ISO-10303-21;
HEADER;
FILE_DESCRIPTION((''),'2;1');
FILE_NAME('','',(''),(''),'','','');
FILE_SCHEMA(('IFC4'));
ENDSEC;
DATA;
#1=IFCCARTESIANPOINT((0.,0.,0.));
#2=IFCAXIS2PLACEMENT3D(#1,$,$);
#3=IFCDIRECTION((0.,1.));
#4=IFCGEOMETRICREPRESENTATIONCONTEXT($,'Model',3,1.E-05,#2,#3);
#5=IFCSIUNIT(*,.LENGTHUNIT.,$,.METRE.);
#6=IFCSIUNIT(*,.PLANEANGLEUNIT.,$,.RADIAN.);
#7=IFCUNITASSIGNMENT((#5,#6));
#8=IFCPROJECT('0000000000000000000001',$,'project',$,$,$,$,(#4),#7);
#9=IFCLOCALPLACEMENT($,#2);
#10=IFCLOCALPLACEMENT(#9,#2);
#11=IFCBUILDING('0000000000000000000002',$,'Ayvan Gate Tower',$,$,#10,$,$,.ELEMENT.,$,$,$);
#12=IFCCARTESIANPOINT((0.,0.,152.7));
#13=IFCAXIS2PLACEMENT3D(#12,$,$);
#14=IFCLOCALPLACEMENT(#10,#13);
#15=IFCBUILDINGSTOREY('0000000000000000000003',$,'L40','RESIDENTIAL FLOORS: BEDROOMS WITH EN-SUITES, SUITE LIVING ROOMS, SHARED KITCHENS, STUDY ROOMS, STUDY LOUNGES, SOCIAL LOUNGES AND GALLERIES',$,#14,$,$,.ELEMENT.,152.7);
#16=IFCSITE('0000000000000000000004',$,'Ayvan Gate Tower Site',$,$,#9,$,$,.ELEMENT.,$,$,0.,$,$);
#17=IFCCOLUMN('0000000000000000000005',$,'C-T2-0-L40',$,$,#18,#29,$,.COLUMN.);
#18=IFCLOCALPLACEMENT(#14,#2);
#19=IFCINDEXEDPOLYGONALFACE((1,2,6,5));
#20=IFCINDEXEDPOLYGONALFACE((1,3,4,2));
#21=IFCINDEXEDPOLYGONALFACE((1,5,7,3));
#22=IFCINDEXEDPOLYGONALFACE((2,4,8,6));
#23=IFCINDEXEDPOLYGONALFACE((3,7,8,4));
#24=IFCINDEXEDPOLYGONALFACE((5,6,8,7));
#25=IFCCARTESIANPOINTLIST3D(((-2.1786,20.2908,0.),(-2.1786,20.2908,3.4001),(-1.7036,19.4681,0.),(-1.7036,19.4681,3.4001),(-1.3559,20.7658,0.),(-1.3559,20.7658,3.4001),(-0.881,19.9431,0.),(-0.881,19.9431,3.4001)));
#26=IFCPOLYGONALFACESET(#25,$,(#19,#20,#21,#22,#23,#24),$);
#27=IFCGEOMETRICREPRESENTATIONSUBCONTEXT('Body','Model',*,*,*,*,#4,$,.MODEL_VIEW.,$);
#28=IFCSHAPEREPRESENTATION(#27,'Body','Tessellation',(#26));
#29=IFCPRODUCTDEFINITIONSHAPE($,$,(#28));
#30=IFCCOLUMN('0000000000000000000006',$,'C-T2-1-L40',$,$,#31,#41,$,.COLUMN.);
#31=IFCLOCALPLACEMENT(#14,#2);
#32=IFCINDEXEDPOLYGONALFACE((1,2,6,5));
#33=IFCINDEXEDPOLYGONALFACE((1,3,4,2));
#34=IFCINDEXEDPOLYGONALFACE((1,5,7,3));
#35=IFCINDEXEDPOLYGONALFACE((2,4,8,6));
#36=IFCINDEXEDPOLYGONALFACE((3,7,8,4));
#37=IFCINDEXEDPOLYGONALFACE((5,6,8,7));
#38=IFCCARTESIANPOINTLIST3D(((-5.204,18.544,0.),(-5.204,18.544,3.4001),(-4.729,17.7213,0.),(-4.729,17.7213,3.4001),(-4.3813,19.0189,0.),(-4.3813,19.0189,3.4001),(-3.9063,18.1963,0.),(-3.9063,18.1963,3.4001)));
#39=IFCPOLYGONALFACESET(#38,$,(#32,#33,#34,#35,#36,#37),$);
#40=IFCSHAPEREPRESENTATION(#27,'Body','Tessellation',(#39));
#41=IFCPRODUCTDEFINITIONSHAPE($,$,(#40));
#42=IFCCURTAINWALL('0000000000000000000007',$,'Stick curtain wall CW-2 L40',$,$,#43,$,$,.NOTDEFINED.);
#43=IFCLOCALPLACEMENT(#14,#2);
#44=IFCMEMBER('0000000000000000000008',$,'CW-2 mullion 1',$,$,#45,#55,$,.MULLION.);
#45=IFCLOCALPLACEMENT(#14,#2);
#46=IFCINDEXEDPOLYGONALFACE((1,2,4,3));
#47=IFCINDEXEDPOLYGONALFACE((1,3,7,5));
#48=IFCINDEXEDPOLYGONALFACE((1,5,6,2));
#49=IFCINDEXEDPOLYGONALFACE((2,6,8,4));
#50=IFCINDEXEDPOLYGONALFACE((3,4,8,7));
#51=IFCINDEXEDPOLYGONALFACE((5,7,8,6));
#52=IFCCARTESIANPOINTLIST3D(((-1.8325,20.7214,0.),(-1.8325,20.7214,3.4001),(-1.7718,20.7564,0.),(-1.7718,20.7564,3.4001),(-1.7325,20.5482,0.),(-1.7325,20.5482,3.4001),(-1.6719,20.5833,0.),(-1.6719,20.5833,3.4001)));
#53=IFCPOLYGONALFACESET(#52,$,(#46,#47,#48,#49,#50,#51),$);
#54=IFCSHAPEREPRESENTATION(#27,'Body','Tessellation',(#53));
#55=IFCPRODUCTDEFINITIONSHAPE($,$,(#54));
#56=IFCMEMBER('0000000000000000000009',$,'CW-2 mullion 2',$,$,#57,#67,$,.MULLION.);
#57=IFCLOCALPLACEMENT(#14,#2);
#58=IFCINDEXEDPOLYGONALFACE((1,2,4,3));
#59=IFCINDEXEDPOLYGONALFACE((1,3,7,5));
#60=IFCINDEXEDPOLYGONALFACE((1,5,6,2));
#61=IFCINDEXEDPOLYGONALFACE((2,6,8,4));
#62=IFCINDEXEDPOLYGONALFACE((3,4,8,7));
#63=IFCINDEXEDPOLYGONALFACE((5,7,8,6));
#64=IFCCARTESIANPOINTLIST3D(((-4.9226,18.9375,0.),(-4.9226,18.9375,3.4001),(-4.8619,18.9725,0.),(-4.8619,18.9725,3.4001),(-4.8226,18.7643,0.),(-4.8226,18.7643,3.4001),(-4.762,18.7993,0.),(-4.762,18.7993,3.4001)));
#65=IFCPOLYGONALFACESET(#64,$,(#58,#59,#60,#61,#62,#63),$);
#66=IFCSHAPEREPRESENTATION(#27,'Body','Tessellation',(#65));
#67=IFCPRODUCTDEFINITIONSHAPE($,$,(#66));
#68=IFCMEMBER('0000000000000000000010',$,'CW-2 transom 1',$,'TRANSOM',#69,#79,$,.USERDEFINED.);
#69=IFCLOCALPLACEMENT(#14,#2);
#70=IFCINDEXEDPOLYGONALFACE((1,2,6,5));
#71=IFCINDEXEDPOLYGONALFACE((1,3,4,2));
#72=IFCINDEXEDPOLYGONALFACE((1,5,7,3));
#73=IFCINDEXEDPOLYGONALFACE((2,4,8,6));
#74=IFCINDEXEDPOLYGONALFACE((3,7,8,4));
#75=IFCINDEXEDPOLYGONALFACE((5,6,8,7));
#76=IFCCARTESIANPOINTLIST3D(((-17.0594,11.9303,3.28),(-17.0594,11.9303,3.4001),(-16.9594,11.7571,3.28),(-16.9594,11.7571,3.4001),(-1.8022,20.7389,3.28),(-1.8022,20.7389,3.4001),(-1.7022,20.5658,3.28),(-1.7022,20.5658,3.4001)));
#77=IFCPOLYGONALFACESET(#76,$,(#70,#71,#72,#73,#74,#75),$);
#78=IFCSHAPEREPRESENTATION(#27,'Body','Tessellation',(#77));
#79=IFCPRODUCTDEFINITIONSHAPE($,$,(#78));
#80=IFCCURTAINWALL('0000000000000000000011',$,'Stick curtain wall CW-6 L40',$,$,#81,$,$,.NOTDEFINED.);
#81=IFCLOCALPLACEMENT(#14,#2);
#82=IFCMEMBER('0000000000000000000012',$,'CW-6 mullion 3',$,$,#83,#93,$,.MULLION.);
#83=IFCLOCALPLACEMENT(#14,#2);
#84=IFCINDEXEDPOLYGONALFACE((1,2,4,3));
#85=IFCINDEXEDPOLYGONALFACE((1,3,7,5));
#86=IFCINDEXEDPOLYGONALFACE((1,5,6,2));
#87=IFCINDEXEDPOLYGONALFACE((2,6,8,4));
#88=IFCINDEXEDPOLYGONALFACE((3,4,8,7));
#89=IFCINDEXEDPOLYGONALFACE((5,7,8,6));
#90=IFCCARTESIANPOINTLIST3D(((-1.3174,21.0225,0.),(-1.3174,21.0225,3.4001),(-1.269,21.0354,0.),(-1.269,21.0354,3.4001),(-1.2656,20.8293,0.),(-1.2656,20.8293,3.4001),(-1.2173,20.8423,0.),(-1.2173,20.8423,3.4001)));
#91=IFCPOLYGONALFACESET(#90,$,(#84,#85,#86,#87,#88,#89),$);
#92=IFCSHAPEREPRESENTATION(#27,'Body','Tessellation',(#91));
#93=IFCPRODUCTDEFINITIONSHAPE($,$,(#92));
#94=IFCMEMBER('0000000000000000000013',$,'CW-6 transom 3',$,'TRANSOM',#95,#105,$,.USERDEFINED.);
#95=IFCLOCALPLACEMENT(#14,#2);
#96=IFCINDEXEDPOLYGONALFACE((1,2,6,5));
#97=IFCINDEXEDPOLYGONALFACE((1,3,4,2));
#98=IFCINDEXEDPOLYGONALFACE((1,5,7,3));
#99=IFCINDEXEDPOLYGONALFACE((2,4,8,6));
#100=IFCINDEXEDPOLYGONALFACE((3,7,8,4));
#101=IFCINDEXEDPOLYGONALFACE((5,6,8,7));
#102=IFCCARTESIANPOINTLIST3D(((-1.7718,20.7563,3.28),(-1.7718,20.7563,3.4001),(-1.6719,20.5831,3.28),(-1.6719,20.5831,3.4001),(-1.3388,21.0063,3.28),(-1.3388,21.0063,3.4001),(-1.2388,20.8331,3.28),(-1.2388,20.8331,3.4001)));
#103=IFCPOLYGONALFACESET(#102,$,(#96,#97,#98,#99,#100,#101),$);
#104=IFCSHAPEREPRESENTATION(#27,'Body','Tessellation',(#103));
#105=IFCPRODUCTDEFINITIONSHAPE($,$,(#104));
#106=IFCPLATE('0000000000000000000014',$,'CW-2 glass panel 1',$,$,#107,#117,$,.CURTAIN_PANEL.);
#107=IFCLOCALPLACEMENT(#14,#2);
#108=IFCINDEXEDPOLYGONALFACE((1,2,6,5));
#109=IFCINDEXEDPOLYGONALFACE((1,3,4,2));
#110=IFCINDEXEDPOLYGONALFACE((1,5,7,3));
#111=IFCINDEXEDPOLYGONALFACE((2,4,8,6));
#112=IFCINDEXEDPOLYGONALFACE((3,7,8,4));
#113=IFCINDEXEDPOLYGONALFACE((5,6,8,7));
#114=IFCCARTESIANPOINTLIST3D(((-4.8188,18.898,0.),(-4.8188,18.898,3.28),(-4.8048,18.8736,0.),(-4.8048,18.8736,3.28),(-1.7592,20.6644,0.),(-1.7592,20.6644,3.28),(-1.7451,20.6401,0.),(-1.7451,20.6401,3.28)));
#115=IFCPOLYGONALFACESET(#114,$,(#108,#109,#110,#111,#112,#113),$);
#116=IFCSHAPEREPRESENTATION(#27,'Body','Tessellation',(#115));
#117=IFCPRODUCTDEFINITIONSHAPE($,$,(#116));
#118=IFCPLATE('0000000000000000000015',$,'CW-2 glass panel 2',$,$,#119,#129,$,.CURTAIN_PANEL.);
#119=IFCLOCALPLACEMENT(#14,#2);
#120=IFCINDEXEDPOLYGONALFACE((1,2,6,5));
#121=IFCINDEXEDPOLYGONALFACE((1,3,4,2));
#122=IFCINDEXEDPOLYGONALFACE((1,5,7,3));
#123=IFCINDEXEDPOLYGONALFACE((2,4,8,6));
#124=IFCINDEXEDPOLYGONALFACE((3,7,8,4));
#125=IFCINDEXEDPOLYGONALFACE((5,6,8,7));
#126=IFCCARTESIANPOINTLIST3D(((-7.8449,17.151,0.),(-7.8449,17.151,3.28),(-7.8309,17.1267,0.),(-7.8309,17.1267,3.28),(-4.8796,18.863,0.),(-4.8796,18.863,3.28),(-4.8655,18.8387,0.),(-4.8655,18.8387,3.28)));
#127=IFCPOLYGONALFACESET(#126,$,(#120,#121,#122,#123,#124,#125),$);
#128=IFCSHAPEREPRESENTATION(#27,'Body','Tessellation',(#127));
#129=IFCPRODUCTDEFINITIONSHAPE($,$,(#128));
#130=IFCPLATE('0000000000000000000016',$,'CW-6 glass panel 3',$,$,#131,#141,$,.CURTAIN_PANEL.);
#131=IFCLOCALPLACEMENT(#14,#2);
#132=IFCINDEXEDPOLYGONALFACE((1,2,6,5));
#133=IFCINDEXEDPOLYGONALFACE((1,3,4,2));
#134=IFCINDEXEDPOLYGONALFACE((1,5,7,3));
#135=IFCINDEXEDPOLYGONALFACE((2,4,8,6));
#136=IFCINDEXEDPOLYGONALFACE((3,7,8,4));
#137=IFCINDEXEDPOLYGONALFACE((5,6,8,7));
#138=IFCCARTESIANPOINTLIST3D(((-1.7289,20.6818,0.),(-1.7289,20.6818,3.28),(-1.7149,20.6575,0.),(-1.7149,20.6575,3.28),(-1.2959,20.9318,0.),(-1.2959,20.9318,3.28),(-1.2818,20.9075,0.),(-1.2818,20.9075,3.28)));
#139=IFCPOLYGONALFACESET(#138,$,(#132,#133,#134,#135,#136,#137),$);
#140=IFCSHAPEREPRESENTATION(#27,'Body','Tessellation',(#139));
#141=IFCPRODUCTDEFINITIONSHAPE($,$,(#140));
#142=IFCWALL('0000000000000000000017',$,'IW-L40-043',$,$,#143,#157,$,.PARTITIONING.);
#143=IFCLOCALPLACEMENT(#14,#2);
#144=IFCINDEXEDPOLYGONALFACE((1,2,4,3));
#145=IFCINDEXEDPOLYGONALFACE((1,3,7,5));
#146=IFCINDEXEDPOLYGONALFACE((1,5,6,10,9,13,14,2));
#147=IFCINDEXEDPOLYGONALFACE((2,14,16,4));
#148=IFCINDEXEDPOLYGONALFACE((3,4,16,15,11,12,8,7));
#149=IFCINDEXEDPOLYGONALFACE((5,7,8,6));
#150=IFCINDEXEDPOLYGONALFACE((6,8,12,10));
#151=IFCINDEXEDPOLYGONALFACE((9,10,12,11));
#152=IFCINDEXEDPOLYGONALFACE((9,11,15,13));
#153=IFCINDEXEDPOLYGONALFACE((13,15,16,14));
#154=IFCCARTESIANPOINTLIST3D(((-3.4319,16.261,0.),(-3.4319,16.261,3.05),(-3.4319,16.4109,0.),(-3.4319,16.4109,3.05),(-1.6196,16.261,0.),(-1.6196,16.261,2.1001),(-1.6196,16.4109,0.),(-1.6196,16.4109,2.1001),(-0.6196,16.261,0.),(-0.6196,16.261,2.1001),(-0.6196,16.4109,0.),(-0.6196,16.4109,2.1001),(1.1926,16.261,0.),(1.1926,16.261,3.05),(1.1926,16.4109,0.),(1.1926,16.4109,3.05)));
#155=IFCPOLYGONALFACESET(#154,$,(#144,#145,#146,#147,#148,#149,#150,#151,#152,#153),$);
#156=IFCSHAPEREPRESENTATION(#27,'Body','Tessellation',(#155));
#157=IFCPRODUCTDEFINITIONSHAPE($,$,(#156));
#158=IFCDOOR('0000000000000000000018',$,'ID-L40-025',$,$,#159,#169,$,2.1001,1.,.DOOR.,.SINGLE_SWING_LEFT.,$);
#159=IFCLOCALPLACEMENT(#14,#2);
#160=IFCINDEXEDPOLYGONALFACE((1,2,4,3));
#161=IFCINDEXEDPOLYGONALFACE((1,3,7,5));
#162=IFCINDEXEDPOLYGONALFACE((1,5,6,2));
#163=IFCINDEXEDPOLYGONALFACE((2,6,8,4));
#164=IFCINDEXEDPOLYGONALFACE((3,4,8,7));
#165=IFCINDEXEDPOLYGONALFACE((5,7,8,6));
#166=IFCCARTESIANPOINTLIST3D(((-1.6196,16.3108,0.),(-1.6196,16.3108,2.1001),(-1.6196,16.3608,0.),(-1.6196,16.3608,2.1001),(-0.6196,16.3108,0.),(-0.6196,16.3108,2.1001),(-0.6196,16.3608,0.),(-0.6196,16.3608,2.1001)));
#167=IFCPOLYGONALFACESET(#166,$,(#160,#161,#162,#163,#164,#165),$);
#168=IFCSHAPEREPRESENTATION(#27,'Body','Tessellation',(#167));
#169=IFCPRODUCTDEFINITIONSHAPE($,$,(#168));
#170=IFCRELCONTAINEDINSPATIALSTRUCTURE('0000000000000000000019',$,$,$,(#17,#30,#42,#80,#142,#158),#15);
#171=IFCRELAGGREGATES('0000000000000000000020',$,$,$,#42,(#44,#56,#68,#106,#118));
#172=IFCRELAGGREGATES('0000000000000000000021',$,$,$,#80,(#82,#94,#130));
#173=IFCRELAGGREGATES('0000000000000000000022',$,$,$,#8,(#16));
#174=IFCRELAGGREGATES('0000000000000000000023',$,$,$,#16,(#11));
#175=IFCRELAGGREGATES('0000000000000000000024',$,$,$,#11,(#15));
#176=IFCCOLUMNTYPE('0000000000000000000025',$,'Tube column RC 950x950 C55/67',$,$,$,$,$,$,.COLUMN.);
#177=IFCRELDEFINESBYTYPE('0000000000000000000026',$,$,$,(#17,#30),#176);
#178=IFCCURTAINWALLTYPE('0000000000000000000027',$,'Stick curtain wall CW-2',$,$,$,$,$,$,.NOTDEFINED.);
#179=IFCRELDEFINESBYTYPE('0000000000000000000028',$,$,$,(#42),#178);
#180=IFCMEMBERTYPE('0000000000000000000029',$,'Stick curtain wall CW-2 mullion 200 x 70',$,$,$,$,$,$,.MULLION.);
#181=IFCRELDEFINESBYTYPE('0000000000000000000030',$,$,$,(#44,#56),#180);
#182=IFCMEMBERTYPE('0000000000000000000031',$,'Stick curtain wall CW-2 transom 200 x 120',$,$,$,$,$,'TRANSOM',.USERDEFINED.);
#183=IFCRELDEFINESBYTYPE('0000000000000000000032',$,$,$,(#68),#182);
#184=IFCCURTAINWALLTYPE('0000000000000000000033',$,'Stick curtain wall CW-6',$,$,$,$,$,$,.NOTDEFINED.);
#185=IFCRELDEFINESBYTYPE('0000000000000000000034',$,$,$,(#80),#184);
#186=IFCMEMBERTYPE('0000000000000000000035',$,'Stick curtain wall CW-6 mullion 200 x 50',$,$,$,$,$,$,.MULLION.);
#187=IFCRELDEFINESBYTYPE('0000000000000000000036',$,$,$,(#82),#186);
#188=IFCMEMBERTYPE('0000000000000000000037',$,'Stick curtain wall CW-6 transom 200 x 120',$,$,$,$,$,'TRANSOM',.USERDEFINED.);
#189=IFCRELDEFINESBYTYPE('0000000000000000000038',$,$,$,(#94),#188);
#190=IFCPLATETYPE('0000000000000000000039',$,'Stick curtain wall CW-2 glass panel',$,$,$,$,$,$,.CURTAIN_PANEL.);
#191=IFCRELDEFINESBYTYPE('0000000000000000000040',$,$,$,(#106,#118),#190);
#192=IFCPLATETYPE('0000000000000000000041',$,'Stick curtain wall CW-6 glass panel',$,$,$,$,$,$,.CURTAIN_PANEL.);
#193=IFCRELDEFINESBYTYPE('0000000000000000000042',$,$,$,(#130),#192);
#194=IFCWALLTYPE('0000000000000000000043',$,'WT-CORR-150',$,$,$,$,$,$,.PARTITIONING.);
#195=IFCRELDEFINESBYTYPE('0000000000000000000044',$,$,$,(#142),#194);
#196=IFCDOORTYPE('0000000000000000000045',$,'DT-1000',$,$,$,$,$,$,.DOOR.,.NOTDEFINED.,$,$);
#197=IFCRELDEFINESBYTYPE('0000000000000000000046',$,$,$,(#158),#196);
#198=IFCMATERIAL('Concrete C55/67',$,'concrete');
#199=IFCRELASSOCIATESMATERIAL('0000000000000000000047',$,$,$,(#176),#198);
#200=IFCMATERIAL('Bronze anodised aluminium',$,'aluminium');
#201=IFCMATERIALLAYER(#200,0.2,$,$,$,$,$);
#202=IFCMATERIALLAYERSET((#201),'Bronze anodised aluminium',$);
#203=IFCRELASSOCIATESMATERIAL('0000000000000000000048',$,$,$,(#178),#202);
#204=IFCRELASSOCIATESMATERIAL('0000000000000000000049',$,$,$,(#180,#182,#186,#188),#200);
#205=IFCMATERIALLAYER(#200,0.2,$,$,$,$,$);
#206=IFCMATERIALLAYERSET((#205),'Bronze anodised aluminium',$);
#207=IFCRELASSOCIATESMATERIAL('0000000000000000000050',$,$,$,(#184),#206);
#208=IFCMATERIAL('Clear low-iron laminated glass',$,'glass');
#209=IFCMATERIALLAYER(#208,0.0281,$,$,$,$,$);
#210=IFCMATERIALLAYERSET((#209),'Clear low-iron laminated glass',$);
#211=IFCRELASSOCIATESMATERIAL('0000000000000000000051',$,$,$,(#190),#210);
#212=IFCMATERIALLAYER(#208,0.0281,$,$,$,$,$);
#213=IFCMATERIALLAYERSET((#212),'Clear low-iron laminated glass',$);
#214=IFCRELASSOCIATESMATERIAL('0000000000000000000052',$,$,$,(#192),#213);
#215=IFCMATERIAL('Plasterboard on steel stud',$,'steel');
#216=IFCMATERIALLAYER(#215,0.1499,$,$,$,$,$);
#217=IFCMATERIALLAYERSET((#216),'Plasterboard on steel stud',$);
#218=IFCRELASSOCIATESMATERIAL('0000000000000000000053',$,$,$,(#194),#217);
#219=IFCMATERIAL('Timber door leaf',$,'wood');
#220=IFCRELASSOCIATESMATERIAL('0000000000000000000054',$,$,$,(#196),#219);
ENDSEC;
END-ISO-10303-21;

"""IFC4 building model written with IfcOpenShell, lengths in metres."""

from ifc_helpers import new_model, si_unit, direction, frame, frame_2d, origin, origin_2d, place, context, subcontext, project, spatial, rectangle, extrude, material, layer, layer_set, material_profile, profile_set, type_object, element, fill, aggregate, save


model = new_model("IFC4")

# Units and contexts
model_context = context("Model", 3, precision=1e-05, world=origin(), true_north=direction((0.0, 1.0)))
body_context = subcontext(model_context, "Body", "Model", "MODEL_VIEW")
ifc_project = project(units=[si_unit("LENGTHUNIT", "METRE"), si_unit("PLANEANGLEUNIT", "RADIAN")], contexts=[model_context])

# Site, building, storey
site_placement = place(None, origin())
site = spatial("IfcSite", under=ifc_project, at=site_placement, Name="Ayvan Gate Tower Site", CompositionType="ELEMENT", RefElevation=0.0)
building_placement = place(site_placement, origin())
building = spatial("IfcBuilding", under=site, at=building_placement, Name="Ayvan Gate Tower", CompositionType="ELEMENT")
storey_placement = place(building_placement, frame((0.0, 0.0, 152.7)))
storey = spatial("IfcBuildingStorey", under=building, at=storey_placement, Name="L40", Description="RESIDENTIAL FLOORS: BEDROOMS WITH EN-SUITES, SUITE LIVING ROOMS, SHARED KITCHENS, STUDY ROOMS, STUDY LOUNGES, SOCIAL LOUNGES AND GALLERIES", CompositionType="ELEMENT", Elevation=152.7)

# Columns
ifc_material_1 = material(Name="Concrete C55/67", Category="concrete")
ifc_material_profile_1 = material_profile(ifc_material_1, rectangle(XDim=0.95, YDim=0.95, at=origin_2d()), Name="RC 950x950")
ifc_profile_set_1 = profile_set([ifc_material_profile_1], Name="Concrete C55/67")
column_type = type_object("IfcColumnType", Name="Tube column RC 950x950 C55/67", PredefinedType="COLUMN", material=ifc_profile_set_1)
for number, where, z_axis, x_axis, name in (
    (1, (-1.5298, 20.1169, 0.0), (0.0, 0.0, 1.0), (-0.5, 0.866025, 0.0), "C-T2-0-L40"),
    (2, (-4.5552, 18.3701, 0.0), (0.0, 0.0, 1.0), (-0.5, 0.866025, 0.0), "C-T2-1-L40"),
):
    element("IfcColumn", number, at=place(storey_placement, frame(where, z_axis=z_axis, x_axis=x_axis)), inside=storey, type_object=column_type, Name=name, PredefinedType="COLUMN", context=body_context, shape_type="SweptSolid", body=[
        extrude(rectangle(XDim=0.95, YDim=0.95, at=origin_2d()), origin(), (0.0, 0.0, 1.0), 3.4001),
    ])

# Curtain walls, members
ifc_material_2 = material(Name="Bronze anodised aluminium", Category="aluminium")
ifc_layer_1 = layer(ifc_material_2, 0.2)
ifc_layer_set_1 = layer_set([ifc_layer_1], Name="Bronze anodised aluminium")
curtain_wall_type_1 = type_object("IfcCurtainWallType", Name="Stick curtain wall CW-2", PredefinedType="NOTDEFINED", material=ifc_layer_set_1)
curtain_wall_1_placement = place(storey_placement, origin())
curtain_wall_1 = element("IfcCurtainWall", 3, at=curtain_wall_1_placement, inside=storey, type_object=curtain_wall_type_1, Name="Stick curtain wall CW-2 L40", PredefinedType="NOTDEFINED")
ifc_material_profile_2 = material_profile(ifc_material_2, rectangle(XDim=0.2, YDim=0.0701, at=origin_2d()), Name="Stick curtain wall CW-2 mullion 200 x 70")
ifc_profile_set_2 = profile_set([ifc_material_profile_2], Name="Bronze anodised aluminium")
member_type_1 = type_object("IfcMemberType", Name="Stick curtain wall CW-2 mullion 200 x 70", PredefinedType="MULLION", material=ifc_profile_set_2)
member_1_placement = place(storey_placement, frame((-1.7522, 20.6523, 0.0), z_axis=(0.0, 0.0, 1.0), x_axis=(-0.5, 0.866025, 0.0)))
member_1 = element("IfcMember", 4, at=member_1_placement, type_object=member_type_1, Name="CW-2 mullion 1", PredefinedType="MULLION", context=body_context, shape_type="SweptSolid", body=[
    extrude(rectangle(XDim=0.2, YDim=0.0701, at=origin_2d()), origin(), (0.0, 0.0, 1.0), 3.4001),
])
member_2_placement = place(storey_placement, frame((-4.8423, 18.8684, 0.0), z_axis=(0.0, 0.0, 1.0), x_axis=(-0.5, 0.866025, 0.0)))
member_2 = element("IfcMember", 5, at=member_2_placement, type_object=member_type_1, Name="CW-2 mullion 2", PredefinedType="MULLION", context=body_context, shape_type="SweptSolid", body=[
    extrude(rectangle(XDim=0.2, YDim=0.0701, at=origin_2d()), origin(), (0.0, 0.0, 1.0), 3.4001),
])
ifc_material_profile_3 = material_profile(ifc_material_2, rectangle(XDim=0.2, YDim=0.1201, at=origin_2d()), Name="Stick curtain wall CW-2 transom 200 x 120")
ifc_profile_set_3 = profile_set([ifc_material_profile_3], Name="Bronze anodised aluminium")
member_type_2 = type_object("IfcMemberType", Name="Stick curtain wall CW-2 transom 200 x 120", ElementType="TRANSOM", PredefinedType="USERDEFINED", material=ifc_profile_set_3)
member_3_placement = place(storey_placement, frame((-1.7522, 20.6523, 3.3401), z_axis=(-0.866028, -0.499996, 0.0), x_axis=(0.499996, -0.866028, 0.0)))
member_3 = element("IfcMember", 6, at=member_3_placement, type_object=member_type_2, Name="CW-2 transom 1", ObjectType="TRANSOM", PredefinedType="USERDEFINED", context=body_context, shape_type="SweptSolid", body=[
    extrude(rectangle(XDim=0.2, YDim=0.1201, at=origin_2d()), origin(), (0.0, 0.0, 1.0), 17.6174),
])
ifc_layer_2 = layer(ifc_material_2, 0.2)
ifc_layer_set_2 = layer_set([ifc_layer_2], Name="Bronze anodised aluminium")
curtain_wall_type_2 = type_object("IfcCurtainWallType", Name="Stick curtain wall CW-6", PredefinedType="NOTDEFINED", material=ifc_layer_set_2)
curtain_wall_2_placement = place(storey_placement, origin())
curtain_wall_2 = element("IfcCurtainWall", 7, at=curtain_wall_2_placement, inside=storey, type_object=curtain_wall_type_2, Name="Stick curtain wall CW-6 L40", PredefinedType="NOTDEFINED")
ifc_material_profile_4 = material_profile(ifc_material_2, rectangle(XDim=0.2, YDim=0.05, at=origin_2d()), Name="Stick curtain wall CW-6 mullion 200 x 50")
ifc_profile_set_4 = profile_set([ifc_material_profile_4], Name="Bronze anodised aluminium")
member_type_3 = type_object("IfcMemberType", Name="Stick curtain wall CW-6 mullion 200 x 50", PredefinedType="MULLION", material=ifc_profile_set_4)
member_4_placement = place(storey_placement, frame((-1.2673, 20.9324, 0.0), z_axis=(0.0, 0.0, 1.0), x_axis=(-0.258819, 0.965926, 0.0)))
member_4 = element("IfcMember", 8, at=member_4_placement, type_object=member_type_3, Name="CW-6 mullion 3", PredefinedType="MULLION", context=body_context, shape_type="SweptSolid", body=[
    extrude(rectangle(XDim=0.2, YDim=0.05, at=origin_2d()), origin(), (0.0, 0.0, 1.0), 3.4001),
])
ifc_material_profile_5 = material_profile(ifc_material_2, rectangle(XDim=0.2, YDim=0.1201, at=origin_2d()), Name="Stick curtain wall CW-6 transom 200 x 120")
ifc_profile_set_5 = profile_set([ifc_material_profile_5], Name="Bronze anodised aluminium")
member_type_4 = type_object("IfcMemberType", Name="Stick curtain wall CW-6 transom 200 x 120", ElementType="TRANSOM", PredefinedType="USERDEFINED", material=ifc_profile_set_5)
member_5_placement = place(storey_placement, frame((-1.2888, 20.9197, 3.3401), z_axis=(-0.866072, -0.49992, 0.0), x_axis=(0.49992, -0.866072, 0.0)))
member_5 = element("IfcMember", 9, at=member_5_placement, type_object=member_type_4, Name="CW-6 transom 3", ObjectType="TRANSOM", PredefinedType="USERDEFINED", context=body_context, shape_type="SweptSolid", body=[
    extrude(rectangle(XDim=0.2, YDim=0.1201, at=origin_2d()), origin(), (0.0, 0.0, 1.0), 0.5),
])

# Plates
ifc_material_3 = material(Name="Clear low-iron laminated glass", Category="glass")
ifc_layer_3 = layer(ifc_material_3, 0.0281)
ifc_layer_set_3 = layer_set([ifc_layer_3], Name="Clear low-iron laminated glass")
plate_type_1 = type_object("IfcPlateType", Name="Stick curtain wall CW-2 glass panel", PredefinedType="CURTAIN_PANEL", material=ifc_layer_set_3)
plate_1_placement = place(storey_placement, frame((-3.282, 19.769, 0.0), z_axis=(0.0, 0.0, 1.0), x_axis=(-0.866025, -0.5, 0.0)))
plate_1 = element("IfcPlate", 10, at=plate_1_placement, type_object=plate_type_1, Name="CW-2 glass panel 1", PredefinedType="CURTAIN_PANEL", context=body_context, shape_type="SweptSolid", body=[
    extrude(rectangle(XDim=3.533, YDim=0.0281, at=origin_2d()), origin(), (0.0, 0.0, 1.0), 3.28),
])
plate_2_placement = place(storey_placement, frame((-6.3552, 17.9949, 0.0), z_axis=(0.0, 0.0, 1.0), x_axis=(-0.866025, -0.5, 0.0)))
plate_2 = element("IfcPlate", 11, at=plate_2_placement, type_object=plate_type_1, Name="CW-2 glass panel 2", PredefinedType="CURTAIN_PANEL", context=body_context, shape_type="SweptSolid", body=[
    extrude(rectangle(XDim=3.4241, YDim=0.0281, at=origin_2d()), origin(), (0.0, 0.0, 1.0), 3.28),
])
aggregate(curtain_wall_1, [member_1, member_2, member_3, plate_1, plate_2])
ifc_layer_4 = layer(ifc_material_3, 0.0281)
ifc_layer_set_4 = layer_set([ifc_layer_4], Name="Clear low-iron laminated glass")
plate_type_2 = type_object("IfcPlateType", Name="Stick curtain wall CW-6 glass panel", PredefinedType="CURTAIN_PANEL", material=ifc_layer_set_4)
plate_3_placement = place(storey_placement, frame((-1.5054, 20.7947, 0.0), z_axis=(0.0, 0.0, 1.0), x_axis=(-0.866025, -0.5, 0.0)))
plate_3 = element("IfcPlate", 12, at=plate_3_placement, type_object=plate_type_2, Name="CW-6 glass panel 3", PredefinedType="CURTAIN_PANEL", context=body_context, shape_type="SweptSolid", body=[
    extrude(rectangle(XDim=0.5, YDim=0.0281, at=origin_2d()), origin(), (0.0, 0.0, 1.0), 3.28),
])
aggregate(curtain_wall_2, [member_4, member_5, plate_3])

# Wall, opening, door
ifc_material_4 = material(Name="Plasterboard on steel stud", Category="steel")
ifc_layer_5 = layer(ifc_material_4, 0.1499)
ifc_layer_set_5 = layer_set([ifc_layer_5], Name="Plasterboard on steel stud")
wall_type_1 = type_object("IfcWallType", Name="WT-CORR-150", PredefinedType="PARTITIONING", material=ifc_layer_set_5)
wall_1_placement = place(storey_placement, frame((-3.4319, 16.3359, 0.0), z_axis=(0.0, 0.0, 1.0), x_axis=(1.0, 0.0, 0.0)))
wall_1 = element("IfcWall", 13, at=wall_1_placement, inside=storey, type_object=wall_type_1, Name="IW-L40-043", PredefinedType="PARTITIONING", context=body_context, shape_type="SweptSolid", body=[
    extrude(rectangle(XDim=4.6245, YDim=0.1499, at=frame_2d((2.3123, 0.0))), origin(), (0.0, 0.0, 1.0), 3.05),
])
opening_1_placement = place(wall_1_placement, frame((1.8123, 0.0, 0.0)))
opening_1 = element("IfcOpeningElement", 14, at=opening_1_placement, cuts=wall_1, PredefinedType="OPENING", context=body_context, shape_type="SweptSolid", body=[
    extrude(rectangle(XDim=1.0, YDim=2.1001, at=frame_2d((0.5, 1.05))), frame((0.0, 0.085, 0.0), z_axis=(0.0, -1.0, 0.0), x_axis=(1.0, 0.0, 0.0)), (0.0, 0.0, 1.0), 0.1699),
])
ifc_material_5 = material(Name="Timber door leaf", Category="wood")
door_type_1 = type_object("IfcDoorType", Name="DT-1000", OperationType="NOTDEFINED", PredefinedType="DOOR", material=ifc_material_5)
door_1_placement = place(opening_1_placement, origin())
door_1 = element("IfcDoor", 15, at=door_1_placement, inside=storey, type_object=door_type_1, Name="ID-L40-025", OperationType="SINGLE_SWING_LEFT", OverallHeight=2.1001, OverallWidth=1.0, PredefinedType="DOOR", context=body_context, shape_type="SweptSolid", body=[
    extrude(rectangle(XDim=1.0, YDim=2.1001, at=frame_2d((0.5, 1.05))), frame((0.0, 0.0249, 0.0), z_axis=(0.0, -1.0, 0.0), x_axis=(1.0, 0.0, 0.0)), (0.0, 0.0, 1.0), 0.05),
])
fill(opening_1, door_1)

save(model, "model.ifc")
